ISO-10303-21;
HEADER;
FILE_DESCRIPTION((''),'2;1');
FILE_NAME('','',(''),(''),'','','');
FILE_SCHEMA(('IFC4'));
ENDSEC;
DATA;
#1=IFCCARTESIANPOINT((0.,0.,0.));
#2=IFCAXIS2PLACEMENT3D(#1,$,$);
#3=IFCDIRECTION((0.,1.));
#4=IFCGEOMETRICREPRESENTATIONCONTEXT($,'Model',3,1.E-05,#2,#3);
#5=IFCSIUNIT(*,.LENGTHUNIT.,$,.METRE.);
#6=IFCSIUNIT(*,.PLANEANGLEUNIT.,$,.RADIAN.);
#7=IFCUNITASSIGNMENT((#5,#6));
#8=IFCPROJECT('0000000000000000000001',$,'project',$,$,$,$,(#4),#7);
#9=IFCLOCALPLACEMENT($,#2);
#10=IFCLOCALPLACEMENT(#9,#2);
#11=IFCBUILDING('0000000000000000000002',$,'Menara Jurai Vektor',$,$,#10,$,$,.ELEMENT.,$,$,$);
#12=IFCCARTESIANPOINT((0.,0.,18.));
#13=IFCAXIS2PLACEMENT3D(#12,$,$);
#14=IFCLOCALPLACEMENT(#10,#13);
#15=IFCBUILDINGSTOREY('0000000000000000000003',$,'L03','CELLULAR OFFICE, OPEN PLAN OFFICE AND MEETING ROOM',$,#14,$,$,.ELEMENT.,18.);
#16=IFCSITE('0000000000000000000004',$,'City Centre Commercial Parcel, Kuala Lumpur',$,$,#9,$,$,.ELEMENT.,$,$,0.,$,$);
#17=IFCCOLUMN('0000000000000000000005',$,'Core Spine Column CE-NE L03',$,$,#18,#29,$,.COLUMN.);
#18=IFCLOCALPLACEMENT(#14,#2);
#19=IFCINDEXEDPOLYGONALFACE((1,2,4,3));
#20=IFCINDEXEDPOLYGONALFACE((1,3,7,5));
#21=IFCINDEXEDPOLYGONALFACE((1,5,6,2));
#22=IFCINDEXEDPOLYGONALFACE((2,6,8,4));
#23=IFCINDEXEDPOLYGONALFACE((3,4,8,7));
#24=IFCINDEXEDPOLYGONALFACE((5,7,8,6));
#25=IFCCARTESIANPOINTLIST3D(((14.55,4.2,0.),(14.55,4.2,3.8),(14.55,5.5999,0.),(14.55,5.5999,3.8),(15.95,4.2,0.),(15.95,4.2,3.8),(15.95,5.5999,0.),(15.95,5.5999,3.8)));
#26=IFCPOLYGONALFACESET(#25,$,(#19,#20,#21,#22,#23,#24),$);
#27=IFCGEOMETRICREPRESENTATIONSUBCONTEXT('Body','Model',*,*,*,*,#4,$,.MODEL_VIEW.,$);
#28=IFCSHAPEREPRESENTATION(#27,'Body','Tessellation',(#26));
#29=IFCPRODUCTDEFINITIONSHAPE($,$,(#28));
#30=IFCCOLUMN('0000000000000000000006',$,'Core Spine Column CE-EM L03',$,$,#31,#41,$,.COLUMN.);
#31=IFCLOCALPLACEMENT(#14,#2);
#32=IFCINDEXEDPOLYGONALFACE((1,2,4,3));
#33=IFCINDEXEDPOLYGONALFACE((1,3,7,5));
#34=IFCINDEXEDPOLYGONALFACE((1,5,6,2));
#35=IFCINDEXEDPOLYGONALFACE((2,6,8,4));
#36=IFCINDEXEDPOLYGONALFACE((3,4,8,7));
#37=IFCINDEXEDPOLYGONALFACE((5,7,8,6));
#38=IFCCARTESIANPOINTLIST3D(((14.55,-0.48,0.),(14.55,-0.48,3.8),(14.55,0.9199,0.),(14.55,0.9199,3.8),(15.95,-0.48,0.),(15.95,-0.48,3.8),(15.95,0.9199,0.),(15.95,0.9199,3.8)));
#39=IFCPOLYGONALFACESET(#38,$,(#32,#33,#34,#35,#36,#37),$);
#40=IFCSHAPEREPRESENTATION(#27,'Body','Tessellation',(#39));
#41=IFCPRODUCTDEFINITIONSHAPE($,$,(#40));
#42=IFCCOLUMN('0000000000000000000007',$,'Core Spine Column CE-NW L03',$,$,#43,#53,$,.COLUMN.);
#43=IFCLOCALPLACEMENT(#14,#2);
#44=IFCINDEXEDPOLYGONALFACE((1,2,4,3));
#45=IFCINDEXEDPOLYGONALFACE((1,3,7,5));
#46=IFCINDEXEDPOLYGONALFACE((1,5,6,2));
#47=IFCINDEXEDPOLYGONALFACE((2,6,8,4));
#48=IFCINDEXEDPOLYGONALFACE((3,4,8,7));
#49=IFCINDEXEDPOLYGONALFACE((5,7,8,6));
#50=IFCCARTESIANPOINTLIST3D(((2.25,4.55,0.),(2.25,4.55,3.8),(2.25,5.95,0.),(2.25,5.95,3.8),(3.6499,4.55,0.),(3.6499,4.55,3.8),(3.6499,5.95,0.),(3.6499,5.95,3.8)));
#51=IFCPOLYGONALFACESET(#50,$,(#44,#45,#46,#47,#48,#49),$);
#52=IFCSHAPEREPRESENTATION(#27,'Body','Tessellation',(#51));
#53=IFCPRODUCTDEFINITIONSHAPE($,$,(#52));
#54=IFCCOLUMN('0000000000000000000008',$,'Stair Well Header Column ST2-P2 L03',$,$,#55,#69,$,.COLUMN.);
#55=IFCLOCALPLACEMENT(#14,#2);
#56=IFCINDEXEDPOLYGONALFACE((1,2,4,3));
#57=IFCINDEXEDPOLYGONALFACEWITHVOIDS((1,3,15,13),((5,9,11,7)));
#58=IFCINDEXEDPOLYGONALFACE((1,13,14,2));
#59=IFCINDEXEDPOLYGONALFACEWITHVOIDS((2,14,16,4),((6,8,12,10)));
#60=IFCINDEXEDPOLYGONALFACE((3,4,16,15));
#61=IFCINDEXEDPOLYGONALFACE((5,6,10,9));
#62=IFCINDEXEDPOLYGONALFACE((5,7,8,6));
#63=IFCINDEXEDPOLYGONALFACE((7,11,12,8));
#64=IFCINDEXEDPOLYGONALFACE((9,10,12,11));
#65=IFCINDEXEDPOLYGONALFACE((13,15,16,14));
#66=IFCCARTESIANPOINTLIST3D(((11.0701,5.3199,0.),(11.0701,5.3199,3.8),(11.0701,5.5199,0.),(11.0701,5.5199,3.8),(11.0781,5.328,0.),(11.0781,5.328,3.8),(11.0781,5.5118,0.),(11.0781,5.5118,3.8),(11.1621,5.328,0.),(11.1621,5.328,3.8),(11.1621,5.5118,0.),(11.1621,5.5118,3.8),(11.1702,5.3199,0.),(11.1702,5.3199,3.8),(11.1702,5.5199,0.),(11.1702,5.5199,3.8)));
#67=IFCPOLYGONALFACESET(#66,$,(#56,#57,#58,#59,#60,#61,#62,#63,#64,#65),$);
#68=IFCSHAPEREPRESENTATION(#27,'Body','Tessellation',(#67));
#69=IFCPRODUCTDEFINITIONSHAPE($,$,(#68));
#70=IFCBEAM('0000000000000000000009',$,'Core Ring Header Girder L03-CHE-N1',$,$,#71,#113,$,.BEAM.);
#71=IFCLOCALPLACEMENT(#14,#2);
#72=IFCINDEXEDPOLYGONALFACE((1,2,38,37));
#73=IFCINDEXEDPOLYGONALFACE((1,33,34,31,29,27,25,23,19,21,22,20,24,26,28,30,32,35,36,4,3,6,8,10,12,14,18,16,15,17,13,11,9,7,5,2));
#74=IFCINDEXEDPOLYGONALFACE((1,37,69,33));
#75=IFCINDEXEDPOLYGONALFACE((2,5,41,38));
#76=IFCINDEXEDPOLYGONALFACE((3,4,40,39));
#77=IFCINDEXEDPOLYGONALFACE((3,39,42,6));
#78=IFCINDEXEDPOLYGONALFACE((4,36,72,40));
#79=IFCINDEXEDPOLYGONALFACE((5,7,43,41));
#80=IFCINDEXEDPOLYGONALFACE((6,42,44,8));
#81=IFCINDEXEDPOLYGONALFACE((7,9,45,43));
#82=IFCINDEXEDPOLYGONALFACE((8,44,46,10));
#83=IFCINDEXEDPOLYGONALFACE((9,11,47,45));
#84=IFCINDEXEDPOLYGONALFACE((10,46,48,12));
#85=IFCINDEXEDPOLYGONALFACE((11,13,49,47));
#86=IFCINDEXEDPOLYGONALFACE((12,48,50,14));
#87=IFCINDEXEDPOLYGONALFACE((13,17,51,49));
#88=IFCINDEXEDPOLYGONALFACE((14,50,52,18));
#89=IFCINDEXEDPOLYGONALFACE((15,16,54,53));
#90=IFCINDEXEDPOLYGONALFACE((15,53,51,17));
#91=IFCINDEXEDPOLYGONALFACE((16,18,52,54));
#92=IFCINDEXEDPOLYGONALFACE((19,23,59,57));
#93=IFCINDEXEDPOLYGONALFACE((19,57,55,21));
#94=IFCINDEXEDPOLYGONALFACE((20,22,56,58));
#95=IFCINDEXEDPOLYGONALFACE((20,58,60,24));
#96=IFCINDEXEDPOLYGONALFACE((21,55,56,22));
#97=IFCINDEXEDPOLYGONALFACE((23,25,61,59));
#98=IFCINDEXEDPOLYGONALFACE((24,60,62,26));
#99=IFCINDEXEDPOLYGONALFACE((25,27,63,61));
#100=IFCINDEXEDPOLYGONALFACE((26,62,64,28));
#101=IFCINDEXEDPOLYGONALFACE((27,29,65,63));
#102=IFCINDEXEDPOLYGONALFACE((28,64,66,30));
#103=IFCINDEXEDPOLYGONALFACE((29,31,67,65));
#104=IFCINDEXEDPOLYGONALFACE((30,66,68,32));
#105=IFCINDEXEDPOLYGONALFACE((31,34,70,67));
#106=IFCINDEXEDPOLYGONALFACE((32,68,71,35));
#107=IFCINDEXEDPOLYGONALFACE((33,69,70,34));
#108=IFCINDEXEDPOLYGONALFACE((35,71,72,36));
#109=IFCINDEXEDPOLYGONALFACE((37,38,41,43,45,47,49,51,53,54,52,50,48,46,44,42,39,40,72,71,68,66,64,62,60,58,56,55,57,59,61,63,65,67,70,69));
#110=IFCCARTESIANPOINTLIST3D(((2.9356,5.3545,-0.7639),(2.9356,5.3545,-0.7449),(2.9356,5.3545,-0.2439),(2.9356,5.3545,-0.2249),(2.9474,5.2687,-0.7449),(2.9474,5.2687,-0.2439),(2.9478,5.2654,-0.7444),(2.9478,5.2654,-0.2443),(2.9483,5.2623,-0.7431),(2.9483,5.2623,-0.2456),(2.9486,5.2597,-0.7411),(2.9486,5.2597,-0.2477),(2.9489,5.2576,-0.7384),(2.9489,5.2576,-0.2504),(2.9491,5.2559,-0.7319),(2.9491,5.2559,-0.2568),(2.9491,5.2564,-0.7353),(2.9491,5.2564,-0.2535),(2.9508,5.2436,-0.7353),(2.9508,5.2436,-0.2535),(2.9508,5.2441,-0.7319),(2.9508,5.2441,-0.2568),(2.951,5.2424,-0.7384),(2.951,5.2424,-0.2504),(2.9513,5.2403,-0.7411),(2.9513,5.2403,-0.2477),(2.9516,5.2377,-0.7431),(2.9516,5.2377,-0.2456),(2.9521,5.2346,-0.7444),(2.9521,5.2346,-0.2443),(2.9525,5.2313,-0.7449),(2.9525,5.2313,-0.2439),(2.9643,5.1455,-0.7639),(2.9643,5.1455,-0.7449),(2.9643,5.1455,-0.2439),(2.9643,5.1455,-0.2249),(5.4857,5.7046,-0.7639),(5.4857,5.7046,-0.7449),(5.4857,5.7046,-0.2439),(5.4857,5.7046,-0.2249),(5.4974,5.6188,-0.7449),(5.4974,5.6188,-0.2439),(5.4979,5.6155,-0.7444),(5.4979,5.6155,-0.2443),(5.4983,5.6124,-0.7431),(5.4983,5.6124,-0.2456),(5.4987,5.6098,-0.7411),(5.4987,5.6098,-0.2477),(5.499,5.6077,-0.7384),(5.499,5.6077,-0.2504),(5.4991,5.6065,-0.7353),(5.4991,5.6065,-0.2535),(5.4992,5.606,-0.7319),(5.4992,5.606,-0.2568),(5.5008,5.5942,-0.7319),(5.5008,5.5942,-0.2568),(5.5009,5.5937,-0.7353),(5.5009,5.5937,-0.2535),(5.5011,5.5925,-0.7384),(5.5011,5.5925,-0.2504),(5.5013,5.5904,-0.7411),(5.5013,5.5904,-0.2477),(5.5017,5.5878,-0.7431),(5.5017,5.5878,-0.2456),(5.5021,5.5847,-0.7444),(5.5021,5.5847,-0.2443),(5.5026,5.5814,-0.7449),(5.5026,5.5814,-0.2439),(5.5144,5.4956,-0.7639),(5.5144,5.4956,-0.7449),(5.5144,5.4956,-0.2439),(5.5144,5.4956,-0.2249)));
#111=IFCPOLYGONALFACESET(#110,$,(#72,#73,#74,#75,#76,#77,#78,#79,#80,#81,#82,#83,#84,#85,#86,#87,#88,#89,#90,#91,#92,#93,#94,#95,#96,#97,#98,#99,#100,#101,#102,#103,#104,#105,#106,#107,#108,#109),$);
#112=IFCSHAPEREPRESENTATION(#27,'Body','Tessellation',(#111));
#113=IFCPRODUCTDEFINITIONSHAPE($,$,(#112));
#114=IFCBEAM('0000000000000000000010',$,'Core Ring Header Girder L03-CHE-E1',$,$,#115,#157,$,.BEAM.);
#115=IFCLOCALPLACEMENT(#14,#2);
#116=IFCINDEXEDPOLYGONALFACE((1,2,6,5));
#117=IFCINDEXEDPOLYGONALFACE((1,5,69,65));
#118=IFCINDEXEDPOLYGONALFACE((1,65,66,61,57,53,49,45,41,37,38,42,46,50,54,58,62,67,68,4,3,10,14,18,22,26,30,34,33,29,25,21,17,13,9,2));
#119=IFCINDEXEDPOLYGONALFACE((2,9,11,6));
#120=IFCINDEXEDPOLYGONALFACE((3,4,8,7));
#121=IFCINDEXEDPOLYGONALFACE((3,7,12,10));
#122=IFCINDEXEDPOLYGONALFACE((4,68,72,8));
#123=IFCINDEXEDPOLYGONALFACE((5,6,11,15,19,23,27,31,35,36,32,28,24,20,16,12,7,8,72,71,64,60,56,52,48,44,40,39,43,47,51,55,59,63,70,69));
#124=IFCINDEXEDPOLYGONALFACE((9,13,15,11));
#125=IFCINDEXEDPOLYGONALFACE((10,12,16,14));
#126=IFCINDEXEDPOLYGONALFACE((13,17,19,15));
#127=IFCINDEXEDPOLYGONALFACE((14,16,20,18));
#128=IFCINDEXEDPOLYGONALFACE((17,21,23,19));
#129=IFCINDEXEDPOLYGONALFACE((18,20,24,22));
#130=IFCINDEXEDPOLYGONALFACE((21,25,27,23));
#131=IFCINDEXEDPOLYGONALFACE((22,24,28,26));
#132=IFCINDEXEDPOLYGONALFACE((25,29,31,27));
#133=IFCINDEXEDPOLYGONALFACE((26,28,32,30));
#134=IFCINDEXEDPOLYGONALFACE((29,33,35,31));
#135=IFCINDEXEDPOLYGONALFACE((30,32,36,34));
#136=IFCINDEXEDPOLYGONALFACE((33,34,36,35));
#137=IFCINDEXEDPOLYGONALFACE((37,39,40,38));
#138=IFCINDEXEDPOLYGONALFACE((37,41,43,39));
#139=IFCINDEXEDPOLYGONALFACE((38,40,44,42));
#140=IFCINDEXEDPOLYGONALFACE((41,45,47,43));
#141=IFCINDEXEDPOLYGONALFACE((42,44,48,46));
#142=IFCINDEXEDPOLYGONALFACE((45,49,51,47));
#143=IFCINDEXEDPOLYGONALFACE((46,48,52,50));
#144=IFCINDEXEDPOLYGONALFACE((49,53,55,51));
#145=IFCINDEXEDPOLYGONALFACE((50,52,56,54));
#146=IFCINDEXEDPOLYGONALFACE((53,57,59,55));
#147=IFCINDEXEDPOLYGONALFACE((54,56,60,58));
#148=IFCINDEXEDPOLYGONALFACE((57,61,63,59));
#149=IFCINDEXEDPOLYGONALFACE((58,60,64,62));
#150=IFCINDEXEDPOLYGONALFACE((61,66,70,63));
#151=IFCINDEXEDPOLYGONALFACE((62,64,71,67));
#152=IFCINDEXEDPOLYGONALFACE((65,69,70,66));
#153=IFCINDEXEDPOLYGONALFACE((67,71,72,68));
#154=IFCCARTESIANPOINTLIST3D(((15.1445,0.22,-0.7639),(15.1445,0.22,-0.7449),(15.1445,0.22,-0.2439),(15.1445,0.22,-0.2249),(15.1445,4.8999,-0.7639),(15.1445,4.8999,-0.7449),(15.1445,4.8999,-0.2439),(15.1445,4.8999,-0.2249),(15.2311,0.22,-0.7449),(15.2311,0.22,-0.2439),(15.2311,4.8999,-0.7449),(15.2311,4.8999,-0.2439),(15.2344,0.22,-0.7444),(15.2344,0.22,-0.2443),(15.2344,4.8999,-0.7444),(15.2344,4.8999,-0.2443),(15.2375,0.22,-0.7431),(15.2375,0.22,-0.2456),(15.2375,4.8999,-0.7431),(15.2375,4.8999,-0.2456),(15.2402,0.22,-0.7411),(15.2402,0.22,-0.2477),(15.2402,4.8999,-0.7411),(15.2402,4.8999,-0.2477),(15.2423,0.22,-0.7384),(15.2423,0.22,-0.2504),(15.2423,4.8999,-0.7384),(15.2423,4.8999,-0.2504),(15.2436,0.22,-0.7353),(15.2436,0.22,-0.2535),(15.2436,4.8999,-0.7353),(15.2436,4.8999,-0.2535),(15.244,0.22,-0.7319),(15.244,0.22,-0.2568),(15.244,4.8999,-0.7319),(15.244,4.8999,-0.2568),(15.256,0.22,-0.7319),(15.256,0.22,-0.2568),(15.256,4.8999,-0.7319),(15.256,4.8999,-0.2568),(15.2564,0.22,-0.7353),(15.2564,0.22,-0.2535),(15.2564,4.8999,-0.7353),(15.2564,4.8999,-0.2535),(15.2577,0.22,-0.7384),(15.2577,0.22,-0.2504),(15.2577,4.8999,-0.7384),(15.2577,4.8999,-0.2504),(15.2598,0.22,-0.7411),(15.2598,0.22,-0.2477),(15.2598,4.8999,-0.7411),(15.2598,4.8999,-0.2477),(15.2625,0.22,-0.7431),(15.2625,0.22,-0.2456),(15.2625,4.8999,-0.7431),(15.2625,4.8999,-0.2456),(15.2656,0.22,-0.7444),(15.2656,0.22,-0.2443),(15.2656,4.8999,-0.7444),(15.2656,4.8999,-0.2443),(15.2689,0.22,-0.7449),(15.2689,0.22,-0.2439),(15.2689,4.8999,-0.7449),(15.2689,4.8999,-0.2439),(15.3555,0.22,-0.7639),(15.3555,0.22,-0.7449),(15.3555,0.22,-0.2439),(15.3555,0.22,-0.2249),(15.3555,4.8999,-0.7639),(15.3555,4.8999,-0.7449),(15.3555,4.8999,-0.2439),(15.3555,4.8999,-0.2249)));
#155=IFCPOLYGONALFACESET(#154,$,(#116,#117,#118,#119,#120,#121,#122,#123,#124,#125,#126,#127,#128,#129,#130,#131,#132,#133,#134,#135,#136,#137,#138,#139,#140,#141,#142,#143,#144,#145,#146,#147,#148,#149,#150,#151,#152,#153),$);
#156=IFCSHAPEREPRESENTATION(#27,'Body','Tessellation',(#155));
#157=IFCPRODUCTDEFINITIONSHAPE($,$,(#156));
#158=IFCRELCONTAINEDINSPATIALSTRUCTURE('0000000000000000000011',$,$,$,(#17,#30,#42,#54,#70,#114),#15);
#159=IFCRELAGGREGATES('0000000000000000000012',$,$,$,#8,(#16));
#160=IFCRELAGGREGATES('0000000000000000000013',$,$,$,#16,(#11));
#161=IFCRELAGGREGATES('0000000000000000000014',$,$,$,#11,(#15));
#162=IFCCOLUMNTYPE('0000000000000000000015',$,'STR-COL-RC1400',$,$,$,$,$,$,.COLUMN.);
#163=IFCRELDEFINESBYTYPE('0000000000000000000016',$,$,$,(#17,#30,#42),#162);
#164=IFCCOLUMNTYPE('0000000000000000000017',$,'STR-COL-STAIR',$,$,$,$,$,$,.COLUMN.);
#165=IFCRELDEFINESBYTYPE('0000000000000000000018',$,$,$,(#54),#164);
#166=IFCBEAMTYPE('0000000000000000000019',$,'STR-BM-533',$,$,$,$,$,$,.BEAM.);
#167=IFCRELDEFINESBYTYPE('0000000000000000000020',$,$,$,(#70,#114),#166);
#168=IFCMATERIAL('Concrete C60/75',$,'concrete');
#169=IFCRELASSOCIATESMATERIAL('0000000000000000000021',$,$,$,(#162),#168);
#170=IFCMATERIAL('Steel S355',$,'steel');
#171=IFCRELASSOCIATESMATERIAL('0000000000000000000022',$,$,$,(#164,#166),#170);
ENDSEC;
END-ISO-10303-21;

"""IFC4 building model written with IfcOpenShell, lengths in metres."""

from ifc_helpers import new_model, si_unit, direction, frame, origin, origin_2d, place, context, subcontext, project, spatial, rectangle, hollow_rectangle, i_section, extrude, material, material_profile, profile_set, type_object, element, save


model = new_model("IFC4")

# Units and contexts
model_context = context("Model", 3, precision=1e-05, world=origin(), true_north=direction((0.0, 1.0)))
body_context = subcontext(model_context, "Body", "Model", "MODEL_VIEW")
ifc_project = project(units=[si_unit("LENGTHUNIT", "METRE"), si_unit("PLANEANGLEUNIT", "RADIAN")], contexts=[model_context])

# Site, building, storey
site_placement = place(None, origin())
site = spatial("IfcSite", under=ifc_project, at=site_placement, Name="City Centre Commercial Parcel, Kuala Lumpur", CompositionType="ELEMENT", RefElevation=0.0)
building_placement = place(site_placement, origin())
building = spatial("IfcBuilding", under=site, at=building_placement, Name="Menara Jurai Vektor", CompositionType="ELEMENT")
storey_placement = place(building_placement, frame((0.0, 0.0, 18.0)))
storey = spatial("IfcBuildingStorey", under=building, at=storey_placement, Name="L03", Description="CELLULAR OFFICE, OPEN PLAN OFFICE AND MEETING ROOM", CompositionType="ELEMENT", Elevation=18.0)

# Columns
ifc_material_1 = material(Name="Concrete C60/75", Category="concrete")
ifc_material_profile_1 = material_profile(ifc_material_1, rectangle(XDim=1.3999, YDim=1.3999, at=origin_2d()), Name="RC 1400x1400")
ifc_profile_set_1 = profile_set([ifc_material_profile_1], Name="Concrete C60/75")
column_type_1 = type_object("IfcColumnType", Name="STR-COL-RC1400", PredefinedType="COLUMN", material=ifc_profile_set_1)
for number, where, z_axis, x_axis, name in (
    (1, (15.25, 4.8999, 0.0), (0.0, 0.0, 1.0), (1.0, 0.0, 0.0), "Core Spine Column CE-NE L03"),
    (2, (15.25, 0.22, 0.0), (0.0, 0.0, 1.0), (1.0, 0.0, 0.0), "Core Spine Column CE-EM L03"),
    (3, (2.95, 5.25, 0.0), (0.0, 0.0, 1.0), (1.0, 0.0, 0.0), "Core Spine Column CE-NW L03"),
):
    element("IfcColumn", number, at=place(storey_placement, frame(where, z_axis=z_axis, x_axis=x_axis)), inside=storey, type_object=column_type_1, Name=name, PredefinedType="COLUMN", context=body_context, shape_type="SweptSolid", body=[
        extrude(rectangle(XDim=1.3999, YDim=1.3999, at=origin_2d()), origin(), (0.0, 0.0, 1.0), 3.8),
    ])
ifc_material_2 = material(Name="Steel S355", Category="steel")
ifc_material_profile_2 = material_profile(ifc_material_2, hollow_rectangle(XDim=0.1001, YDim=0.2, WallThickness=0.0081, at=origin_2d()), Name="RHS 200x100x8")
ifc_profile_set_2 = profile_set([ifc_material_profile_2], Name="Steel S355")
column_type_2 = type_object("IfcColumnType", Name="STR-COL-STAIR", PredefinedType="COLUMN", material=ifc_profile_set_2)
column_placement = place(storey_placement, frame((11.1201, 5.4199, 0.0), z_axis=(0.0, 0.0, 1.0), x_axis=(1.0, 0.0, 0.0)))
element("IfcColumn", 4, at=column_placement, inside=storey, type_object=column_type_2, Name="Stair Well Header Column ST2-P2 L03", PredefinedType="COLUMN", context=body_context, shape_type="SweptSolid", body=[
    extrude(hollow_rectangle(XDim=0.1001, YDim=0.2, WallThickness=0.0081, at=origin_2d()), origin(), (0.0, 0.0, 1.0), 3.8),
])

# Beams
ifc_material_profile_3 = material_profile(ifc_material_2, i_section(OverallWidth=0.2109, OverallDepth=0.5391, WebThickness=0.012, FlangeThickness=0.019, FilletRadius=0.0129, at=origin_2d()), Name="UKB 533x210x109")
ifc_profile_set_3 = profile_set([ifc_material_profile_3], Name="Steel S355")
beam_type_1 = type_object("IfcBeamType", Name="STR-BM-533", PredefinedType="BEAM", material=ifc_profile_set_3)
beam_1_placement = place(storey_placement, frame((2.95, 5.25, -0.4944), z_axis=(0.990707, 0.136015, 0.0), x_axis=(-0.136015, 0.990707, 0.0)))
element("IfcBeam", 5, at=beam_1_placement, inside=storey, type_object=beam_type_1, Name="Core Ring Header Girder L03-CHE-N1", PredefinedType="BEAM", context=body_context, shape_type="SweptSolid", body=[
    extrude(i_section(OverallWidth=0.2109, OverallDepth=0.5391, WebThickness=0.012, FlangeThickness=0.019, FilletRadius=0.0129, at=origin_2d()), origin(), (0.0, 0.0, 1.0), 2.574),
])
beam_2_placement = place(storey_placement, frame((15.25, 0.22, -0.4944), z_axis=(0.0, 1.0, 0.0), x_axis=(-1.0, 0.0, 0.0)))
element("IfcBeam", 6, at=beam_2_placement, inside=storey, type_object=beam_type_1, Name="Core Ring Header Girder L03-CHE-E1", PredefinedType="BEAM", context=body_context, shape_type="SweptSolid", body=[
    extrude(i_section(OverallWidth=0.2109, OverallDepth=0.5391, WebThickness=0.012, FlangeThickness=0.019, FilletRadius=0.0129, at=origin_2d()), origin(), (0.0, 0.0, 1.0), 4.6799),
])

save(model, "model.ifc")
